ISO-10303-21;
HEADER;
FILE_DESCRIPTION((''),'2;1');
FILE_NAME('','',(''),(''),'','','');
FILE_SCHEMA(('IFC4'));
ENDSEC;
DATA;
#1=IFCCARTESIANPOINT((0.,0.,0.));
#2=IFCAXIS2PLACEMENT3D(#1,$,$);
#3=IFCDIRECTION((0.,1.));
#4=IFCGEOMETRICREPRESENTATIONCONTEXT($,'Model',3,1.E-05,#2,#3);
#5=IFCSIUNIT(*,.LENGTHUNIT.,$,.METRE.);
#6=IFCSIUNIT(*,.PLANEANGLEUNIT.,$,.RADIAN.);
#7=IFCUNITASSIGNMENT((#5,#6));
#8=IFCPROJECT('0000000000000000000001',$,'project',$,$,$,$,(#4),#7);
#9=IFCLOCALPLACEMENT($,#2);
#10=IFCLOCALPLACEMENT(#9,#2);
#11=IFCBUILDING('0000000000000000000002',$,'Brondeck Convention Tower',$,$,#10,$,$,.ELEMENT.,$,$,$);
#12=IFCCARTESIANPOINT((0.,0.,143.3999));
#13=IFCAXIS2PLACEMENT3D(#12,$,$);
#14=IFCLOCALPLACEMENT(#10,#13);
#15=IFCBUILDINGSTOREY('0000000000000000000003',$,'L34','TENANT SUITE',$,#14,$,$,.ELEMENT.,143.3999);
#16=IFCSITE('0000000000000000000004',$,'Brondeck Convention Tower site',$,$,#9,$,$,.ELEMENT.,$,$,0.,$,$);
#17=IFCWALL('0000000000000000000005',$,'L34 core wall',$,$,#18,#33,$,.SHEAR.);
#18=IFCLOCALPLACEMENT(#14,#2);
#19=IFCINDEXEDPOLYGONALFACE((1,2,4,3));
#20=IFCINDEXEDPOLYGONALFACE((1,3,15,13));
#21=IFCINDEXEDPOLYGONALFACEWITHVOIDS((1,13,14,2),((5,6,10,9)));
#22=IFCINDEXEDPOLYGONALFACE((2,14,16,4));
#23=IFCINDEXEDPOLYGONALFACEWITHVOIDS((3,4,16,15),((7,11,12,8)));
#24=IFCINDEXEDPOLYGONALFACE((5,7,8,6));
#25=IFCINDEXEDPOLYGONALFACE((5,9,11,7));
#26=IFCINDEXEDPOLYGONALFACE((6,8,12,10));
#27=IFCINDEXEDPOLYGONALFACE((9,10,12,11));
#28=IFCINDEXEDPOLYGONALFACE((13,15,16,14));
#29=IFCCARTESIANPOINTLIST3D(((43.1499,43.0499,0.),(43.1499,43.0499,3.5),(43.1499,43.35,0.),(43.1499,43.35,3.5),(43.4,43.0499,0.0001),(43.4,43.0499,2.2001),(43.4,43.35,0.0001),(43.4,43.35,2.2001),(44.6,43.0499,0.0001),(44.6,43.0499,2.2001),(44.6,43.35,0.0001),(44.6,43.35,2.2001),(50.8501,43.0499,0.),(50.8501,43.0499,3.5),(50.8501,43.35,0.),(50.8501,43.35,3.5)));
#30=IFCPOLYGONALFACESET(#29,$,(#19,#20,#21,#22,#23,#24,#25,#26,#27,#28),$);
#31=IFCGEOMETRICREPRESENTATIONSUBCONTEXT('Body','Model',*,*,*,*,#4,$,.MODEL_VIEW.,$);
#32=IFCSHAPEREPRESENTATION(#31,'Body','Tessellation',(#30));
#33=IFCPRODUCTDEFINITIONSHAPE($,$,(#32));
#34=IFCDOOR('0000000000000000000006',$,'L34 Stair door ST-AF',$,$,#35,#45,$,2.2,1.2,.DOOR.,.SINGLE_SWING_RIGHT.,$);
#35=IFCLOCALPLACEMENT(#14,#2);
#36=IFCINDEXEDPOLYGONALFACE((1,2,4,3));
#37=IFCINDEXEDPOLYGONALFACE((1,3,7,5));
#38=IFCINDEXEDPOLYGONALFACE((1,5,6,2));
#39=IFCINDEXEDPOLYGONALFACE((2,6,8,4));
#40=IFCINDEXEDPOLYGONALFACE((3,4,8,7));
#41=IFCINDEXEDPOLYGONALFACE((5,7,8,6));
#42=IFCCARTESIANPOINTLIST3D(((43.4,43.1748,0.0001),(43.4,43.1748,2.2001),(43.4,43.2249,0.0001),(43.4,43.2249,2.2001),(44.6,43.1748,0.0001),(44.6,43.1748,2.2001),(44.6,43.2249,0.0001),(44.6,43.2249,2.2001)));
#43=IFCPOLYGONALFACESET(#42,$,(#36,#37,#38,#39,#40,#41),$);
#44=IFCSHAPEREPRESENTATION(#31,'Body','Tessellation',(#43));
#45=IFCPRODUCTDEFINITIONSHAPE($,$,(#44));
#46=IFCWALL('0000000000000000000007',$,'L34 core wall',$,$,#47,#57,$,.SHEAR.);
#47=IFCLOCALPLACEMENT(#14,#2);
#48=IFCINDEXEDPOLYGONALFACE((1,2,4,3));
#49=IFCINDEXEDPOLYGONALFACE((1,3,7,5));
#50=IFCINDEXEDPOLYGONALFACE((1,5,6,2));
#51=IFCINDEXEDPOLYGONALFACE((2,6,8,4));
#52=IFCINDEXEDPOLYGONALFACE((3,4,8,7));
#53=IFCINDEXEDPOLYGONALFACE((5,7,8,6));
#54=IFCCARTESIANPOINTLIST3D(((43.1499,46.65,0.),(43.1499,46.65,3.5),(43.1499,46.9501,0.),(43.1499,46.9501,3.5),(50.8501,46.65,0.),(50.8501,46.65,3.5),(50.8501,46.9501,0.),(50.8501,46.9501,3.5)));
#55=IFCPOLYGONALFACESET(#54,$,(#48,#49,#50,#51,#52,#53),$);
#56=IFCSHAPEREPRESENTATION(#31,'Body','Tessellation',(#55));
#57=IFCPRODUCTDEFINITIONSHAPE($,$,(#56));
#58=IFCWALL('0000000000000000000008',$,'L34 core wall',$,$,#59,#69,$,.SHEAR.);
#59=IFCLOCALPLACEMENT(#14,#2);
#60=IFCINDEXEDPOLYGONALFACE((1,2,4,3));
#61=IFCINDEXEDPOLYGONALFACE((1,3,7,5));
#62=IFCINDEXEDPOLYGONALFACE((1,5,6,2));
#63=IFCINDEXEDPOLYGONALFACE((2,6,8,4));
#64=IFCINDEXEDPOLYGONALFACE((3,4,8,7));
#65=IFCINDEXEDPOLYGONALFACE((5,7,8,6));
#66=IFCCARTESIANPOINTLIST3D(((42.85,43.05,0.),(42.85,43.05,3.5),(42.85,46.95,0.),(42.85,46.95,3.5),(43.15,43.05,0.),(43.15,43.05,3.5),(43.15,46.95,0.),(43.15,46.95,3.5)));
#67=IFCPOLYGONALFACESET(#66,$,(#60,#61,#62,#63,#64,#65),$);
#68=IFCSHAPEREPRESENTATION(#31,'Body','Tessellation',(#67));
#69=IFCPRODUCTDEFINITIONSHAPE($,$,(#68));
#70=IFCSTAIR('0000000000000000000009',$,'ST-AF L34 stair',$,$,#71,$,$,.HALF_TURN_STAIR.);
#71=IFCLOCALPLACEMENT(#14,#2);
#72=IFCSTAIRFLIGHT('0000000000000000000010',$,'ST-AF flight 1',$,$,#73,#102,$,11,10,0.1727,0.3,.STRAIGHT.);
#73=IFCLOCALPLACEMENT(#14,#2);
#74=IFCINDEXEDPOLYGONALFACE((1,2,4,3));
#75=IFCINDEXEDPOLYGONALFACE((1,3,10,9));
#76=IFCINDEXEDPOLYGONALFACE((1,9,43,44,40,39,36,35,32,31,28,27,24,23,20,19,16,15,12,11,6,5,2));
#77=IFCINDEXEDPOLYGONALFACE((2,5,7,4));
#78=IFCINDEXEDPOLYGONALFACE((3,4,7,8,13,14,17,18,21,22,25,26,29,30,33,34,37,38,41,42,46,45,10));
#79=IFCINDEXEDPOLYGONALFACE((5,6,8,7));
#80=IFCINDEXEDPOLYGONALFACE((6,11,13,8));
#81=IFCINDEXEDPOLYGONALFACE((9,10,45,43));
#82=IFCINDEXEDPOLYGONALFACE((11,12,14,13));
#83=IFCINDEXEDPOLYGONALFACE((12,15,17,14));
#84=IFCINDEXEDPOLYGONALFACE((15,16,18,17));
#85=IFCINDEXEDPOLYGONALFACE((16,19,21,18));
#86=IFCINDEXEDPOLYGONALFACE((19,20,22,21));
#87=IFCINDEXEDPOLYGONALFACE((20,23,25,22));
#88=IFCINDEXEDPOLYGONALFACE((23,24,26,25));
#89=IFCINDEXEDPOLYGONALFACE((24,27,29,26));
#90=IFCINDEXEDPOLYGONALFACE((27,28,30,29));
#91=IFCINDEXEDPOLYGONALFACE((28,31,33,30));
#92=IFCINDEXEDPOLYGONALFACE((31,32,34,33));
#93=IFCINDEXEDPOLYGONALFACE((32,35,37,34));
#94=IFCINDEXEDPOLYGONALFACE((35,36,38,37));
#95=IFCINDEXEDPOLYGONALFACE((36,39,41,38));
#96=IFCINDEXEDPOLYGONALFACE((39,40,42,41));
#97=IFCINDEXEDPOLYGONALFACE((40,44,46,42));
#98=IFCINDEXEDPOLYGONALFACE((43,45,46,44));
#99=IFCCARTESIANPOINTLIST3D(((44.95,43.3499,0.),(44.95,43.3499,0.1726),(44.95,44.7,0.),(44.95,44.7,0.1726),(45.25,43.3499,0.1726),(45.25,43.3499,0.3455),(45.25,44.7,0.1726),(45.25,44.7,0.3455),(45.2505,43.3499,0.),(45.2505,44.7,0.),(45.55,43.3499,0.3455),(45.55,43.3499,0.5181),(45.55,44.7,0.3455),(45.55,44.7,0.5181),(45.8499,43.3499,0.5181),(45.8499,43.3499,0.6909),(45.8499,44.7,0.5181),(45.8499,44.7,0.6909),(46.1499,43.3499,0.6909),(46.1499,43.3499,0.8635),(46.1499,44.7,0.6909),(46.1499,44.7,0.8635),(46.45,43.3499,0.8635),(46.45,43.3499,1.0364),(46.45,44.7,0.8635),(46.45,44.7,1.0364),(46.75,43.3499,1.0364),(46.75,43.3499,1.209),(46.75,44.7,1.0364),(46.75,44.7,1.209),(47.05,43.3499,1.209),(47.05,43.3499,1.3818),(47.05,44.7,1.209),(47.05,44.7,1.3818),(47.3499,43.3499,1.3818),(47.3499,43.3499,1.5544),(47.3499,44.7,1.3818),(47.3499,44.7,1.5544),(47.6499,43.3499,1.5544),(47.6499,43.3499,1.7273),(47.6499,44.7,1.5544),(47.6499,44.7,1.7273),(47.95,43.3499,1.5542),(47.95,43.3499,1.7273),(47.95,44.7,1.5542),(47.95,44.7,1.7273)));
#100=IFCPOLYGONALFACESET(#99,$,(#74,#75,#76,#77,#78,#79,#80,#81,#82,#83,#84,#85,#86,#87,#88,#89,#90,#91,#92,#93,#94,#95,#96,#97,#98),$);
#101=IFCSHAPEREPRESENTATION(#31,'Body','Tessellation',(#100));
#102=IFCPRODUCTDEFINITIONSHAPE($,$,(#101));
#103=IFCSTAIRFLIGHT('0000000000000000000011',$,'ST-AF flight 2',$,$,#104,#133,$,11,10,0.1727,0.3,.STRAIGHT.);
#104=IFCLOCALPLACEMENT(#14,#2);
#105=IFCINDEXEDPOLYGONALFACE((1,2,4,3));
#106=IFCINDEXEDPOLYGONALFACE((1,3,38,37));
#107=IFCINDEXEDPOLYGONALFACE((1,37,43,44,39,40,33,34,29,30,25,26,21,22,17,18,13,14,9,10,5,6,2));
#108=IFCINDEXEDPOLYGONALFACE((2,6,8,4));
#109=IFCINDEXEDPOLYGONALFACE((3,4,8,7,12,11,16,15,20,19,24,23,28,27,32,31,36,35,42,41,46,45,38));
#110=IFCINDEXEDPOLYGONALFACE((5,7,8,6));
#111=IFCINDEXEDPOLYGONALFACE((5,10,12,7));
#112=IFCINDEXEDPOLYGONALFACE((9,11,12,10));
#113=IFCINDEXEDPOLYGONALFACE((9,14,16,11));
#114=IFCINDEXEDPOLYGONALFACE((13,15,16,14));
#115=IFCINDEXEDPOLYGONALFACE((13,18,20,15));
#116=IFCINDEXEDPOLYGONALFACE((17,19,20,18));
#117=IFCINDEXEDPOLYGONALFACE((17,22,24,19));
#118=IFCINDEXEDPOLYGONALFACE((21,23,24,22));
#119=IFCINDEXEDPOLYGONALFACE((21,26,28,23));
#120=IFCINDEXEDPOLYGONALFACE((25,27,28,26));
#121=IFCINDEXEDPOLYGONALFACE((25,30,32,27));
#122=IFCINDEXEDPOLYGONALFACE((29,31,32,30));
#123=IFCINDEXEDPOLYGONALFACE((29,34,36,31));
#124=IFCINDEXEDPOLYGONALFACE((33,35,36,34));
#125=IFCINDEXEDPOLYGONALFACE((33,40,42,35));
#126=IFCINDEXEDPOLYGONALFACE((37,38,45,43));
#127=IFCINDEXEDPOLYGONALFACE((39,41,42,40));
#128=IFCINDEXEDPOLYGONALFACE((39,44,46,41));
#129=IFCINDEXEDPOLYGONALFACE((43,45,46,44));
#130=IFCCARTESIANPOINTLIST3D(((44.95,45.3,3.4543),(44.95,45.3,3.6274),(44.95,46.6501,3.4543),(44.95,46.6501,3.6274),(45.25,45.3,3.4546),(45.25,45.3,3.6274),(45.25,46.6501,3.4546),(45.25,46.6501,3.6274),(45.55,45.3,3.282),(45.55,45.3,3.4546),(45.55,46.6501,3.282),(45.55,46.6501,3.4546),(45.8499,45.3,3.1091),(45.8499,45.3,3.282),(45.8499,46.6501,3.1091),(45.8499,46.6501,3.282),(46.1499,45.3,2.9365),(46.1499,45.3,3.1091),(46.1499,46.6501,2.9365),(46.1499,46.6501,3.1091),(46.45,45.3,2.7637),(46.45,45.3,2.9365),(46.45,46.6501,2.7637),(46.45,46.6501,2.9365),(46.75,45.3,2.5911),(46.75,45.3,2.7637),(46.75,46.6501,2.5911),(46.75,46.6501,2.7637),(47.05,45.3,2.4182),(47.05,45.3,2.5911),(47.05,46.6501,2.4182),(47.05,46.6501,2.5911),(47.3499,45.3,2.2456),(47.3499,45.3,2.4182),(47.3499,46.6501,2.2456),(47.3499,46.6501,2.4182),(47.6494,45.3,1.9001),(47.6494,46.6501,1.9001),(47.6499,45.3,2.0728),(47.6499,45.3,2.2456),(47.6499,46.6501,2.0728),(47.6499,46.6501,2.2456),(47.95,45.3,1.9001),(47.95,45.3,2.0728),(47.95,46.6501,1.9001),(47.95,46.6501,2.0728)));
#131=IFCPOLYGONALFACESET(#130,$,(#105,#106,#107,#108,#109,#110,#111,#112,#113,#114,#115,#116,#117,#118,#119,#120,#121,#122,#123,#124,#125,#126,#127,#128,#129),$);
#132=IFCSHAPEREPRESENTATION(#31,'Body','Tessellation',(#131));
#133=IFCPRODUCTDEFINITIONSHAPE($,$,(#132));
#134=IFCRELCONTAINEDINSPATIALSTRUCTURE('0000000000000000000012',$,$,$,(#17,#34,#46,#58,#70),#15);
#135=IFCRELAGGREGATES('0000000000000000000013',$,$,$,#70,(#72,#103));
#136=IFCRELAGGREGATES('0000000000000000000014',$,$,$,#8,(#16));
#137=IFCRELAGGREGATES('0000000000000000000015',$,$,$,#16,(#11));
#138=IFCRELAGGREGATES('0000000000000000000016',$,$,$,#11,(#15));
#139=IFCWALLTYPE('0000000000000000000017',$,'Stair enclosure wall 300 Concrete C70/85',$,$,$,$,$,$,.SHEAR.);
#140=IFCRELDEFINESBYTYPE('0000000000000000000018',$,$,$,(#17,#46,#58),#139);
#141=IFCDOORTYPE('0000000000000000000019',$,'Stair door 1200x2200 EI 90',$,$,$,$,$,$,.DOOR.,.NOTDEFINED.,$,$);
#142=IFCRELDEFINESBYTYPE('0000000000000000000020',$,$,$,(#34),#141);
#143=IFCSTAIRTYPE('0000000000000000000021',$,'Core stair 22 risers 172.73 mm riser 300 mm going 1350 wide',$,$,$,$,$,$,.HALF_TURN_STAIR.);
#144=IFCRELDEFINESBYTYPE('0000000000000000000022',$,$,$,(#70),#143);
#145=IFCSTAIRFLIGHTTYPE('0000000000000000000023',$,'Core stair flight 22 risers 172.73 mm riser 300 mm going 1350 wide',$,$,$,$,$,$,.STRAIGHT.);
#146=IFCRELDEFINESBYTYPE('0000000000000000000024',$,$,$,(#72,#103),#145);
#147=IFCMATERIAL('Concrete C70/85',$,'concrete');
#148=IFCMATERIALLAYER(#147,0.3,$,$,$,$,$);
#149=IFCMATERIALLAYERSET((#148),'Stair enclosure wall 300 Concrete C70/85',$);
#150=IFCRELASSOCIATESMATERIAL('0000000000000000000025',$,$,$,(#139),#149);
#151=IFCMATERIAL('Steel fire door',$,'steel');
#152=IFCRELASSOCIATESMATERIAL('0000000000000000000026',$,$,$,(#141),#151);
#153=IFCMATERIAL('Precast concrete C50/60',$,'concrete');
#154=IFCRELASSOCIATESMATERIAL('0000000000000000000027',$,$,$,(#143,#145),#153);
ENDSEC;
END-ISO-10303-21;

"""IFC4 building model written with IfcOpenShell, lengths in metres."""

from ifc_helpers import new_model, si_unit, direction, frame, frame_2d, origin, place, context, subcontext, project, spatial, polyline, rectangle, outline, extrude, material, layer, layer_set, type_object, element, fill, aggregate, save


model = new_model("IFC4")

# Units and contexts
model_context = context("Model", 3, precision=1e-05, world=origin(), true_north=direction((0.0, 1.0)))
body_context = subcontext(model_context, "Body", "Model", "MODEL_VIEW")
ifc_project = project(units=[si_unit("LENGTHUNIT", "METRE"), si_unit("PLANEANGLEUNIT", "RADIAN")], contexts=[model_context])

# Site, building, storey
site_placement = place(None, origin())
site = spatial("IfcSite", under=ifc_project, at=site_placement, Name="Brondeck Convention Tower site", CompositionType="ELEMENT", RefElevation=0.0)
building_placement = place(site_placement, origin())
building = spatial("IfcBuilding", under=site, at=building_placement, Name="Brondeck Convention Tower", CompositionType="ELEMENT")
storey_placement = place(building_placement, frame((0.0, 0.0, 143.3999)))
storey = spatial("IfcBuildingStorey", under=building, at=storey_placement, Name="L34", Description="TENANT SUITE", CompositionType="ELEMENT", Elevation=143.3999)

# Wall, opening, door
ifc_material_1 = material(Name="Concrete C70/85", Category="concrete")
ifc_layer_1 = layer(ifc_material_1, 0.3)
ifc_layer_set_1 = layer_set([ifc_layer_1], Name="Stair enclosure wall 300 Concrete C70/85")
wall_type_1 = type_object("IfcWallType", Name="Stair enclosure wall 300 Concrete C70/85", PredefinedType="SHEAR", material=ifc_layer_set_1)
wall_1_placement = place(storey_placement, frame((43.1499, 43.2, 0.0), z_axis=(0.0, 0.0, 1.0), x_axis=(1.0, 0.0, 0.0)))
wall_1 = element("IfcWall", 1, at=wall_1_placement, inside=storey, type_object=wall_type_1, Name="L34 core wall", PredefinedType="SHEAR", context=body_context, shape_type="SweptSolid", body=[
    extrude(rectangle(XDim=7.7002, YDim=0.3, at=frame_2d((3.8501, 0.0))), origin(), (0.0, 0.0, 1.0), 3.5),
])
opening_1_placement = place(wall_1_placement, frame((0.25, 0.0, 0.0)))
opening_1 = element("IfcOpeningElement", 2, at=opening_1_placement, cuts=wall_1, PredefinedType="OPENING", context=body_context, shape_type="SweptSolid", body=[
    extrude(rectangle(XDim=1.2, YDim=2.2, at=frame_2d((0.6001, 1.1001))), frame((0.0, 0.1599, 0.0), z_axis=(0.0, -1.0, 0.0), x_axis=(1.0, 0.0, 0.0)), (0.0, 0.0, 1.0), 0.3201),
])
ifc_material_2 = material(Name="Steel fire door", Category="steel")
door_type_1 = type_object("IfcDoorType", Name="Stair door 1200x2200 EI 90", OperationType="NOTDEFINED", PredefinedType="DOOR", material=ifc_material_2)
door_1_placement = place(opening_1_placement, origin())
door_1 = element("IfcDoor", 3, at=door_1_placement, inside=storey, type_object=door_type_1, Name="L34 Stair door ST-AF", OperationType="SINGLE_SWING_RIGHT", OverallHeight=2.2, OverallWidth=1.2, PredefinedType="DOOR", context=body_context, shape_type="SweptSolid", body=[
    extrude(rectangle(XDim=1.2, YDim=2.2, at=frame_2d((0.6001, 1.1001))), frame((0.0, 0.0249, 0.0), z_axis=(0.0, -1.0, 0.0), x_axis=(1.0, 0.0, 0.0)), (0.0, 0.0, 1.0), 0.05),
])
fill(opening_1, door_1)

# Walls
wall_2_placement = place(storey_placement, frame((43.1499, 46.8, 0.0), z_axis=(0.0, 0.0, 1.0), x_axis=(1.0, 0.0, 0.0)))
element("IfcWall", 4, at=wall_2_placement, inside=storey, type_object=wall_type_1, Name="L34 core wall", PredefinedType="SHEAR", context=body_context, shape_type="SweptSolid", body=[
    extrude(rectangle(XDim=7.7002, YDim=0.3, at=frame_2d((3.8501, 0.0))), origin(), (0.0, 0.0, 1.0), 3.5),
])
wall_3_placement = place(storey_placement, frame((43.0, 43.05, 0.0), z_axis=(0.0, 0.0, 1.0), x_axis=(0.0, 1.0, 0.0)))
element("IfcWall", 5, at=wall_3_placement, inside=storey, type_object=wall_type_1, Name="L34 core wall", PredefinedType="SHEAR", context=body_context, shape_type="SweptSolid", body=[
    extrude(rectangle(XDim=3.8999, YDim=0.3, at=frame_2d((1.95, 0.0))), origin(), (0.0, 0.0, 1.0), 3.5),
])

# Stair, stair flights
ifc_material_3 = material(Name="Precast concrete C50/60", Category="concrete")
stair_type = type_object("IfcStairType", Name="Core stair 22 risers 172.73 mm riser 300 mm going 1350 wide", PredefinedType="HALF_TURN_STAIR", material=ifc_material_3)
stair_placement = place(storey_placement, origin())
stair = element("IfcStair", 6, at=stair_placement, inside=storey, type_object=stair_type, Name="ST-AF L34 stair", PredefinedType="HALF_TURN_STAIR")
stair_flight_type = type_object("IfcStairFlightType", Name="Core stair flight 22 risers 172.73 mm riser 300 mm going 1350 wide", PredefinedType="STRAIGHT", material=ifc_material_3)
stair_flight_1_placement = place(storey_placement, frame((44.95, 44.0249, 0.0), z_axis=(0.0, 0.0, 1.0), x_axis=(1.0, 0.0, 0.0)))
stair_flight_1 = element("IfcStairFlight", 7, at=stair_flight_1_placement, type_object=stair_flight_type, Name="ST-AF flight 1", NumberOfRisers=11, NumberOfTreads=10, PredefinedType="STRAIGHT", RiserHeight=0.1727, TreadLength=0.3, context=body_context, shape_type="SweptSolid", body=[
    extrude(outline(polyline([(0.0, 0.0), (0.0, 0.1726), (0.3, 0.1726), (0.3, 0.3455), (0.6001, 0.3455), (0.6001, 0.5181), (0.8999, 0.5181), (0.8999, 0.6909), (1.2, 0.6909), (1.2, 0.8635), (1.5, 0.8635), (1.5, 1.0364), (1.8, 1.0364), (1.8, 1.209), (2.1001, 1.209), (2.1001, 1.3818), (2.3999, 1.3818), (2.3999, 1.5544), (2.7, 1.5544), (2.7, 1.7273), (3.0, 1.7273), (3.0, 1.8999), (3.0, 1.5542), (0.3005, 0.0), (0.0, 0.0)])), frame((0.0, 0.675, 0.0), z_axis=(0.0, -1.0, 0.0), x_axis=(1.0, 0.0, 0.0)), (0.0, 0.0, 1.0), 1.3501),
])
stair_flight_2_placement = place(storey_placement, frame((47.95, 45.9751, 1.9001), z_axis=(0.0, 0.0, 1.0), x_axis=(-1.0, 0.0, 0.0)))
stair_flight_2 = element("IfcStairFlight", 8, at=stair_flight_2_placement, type_object=stair_flight_type, Name="ST-AF flight 2", NumberOfRisers=11, NumberOfTreads=10, PredefinedType="STRAIGHT", RiserHeight=0.1727, TreadLength=0.3, context=body_context, shape_type="SweptSolid", body=[
    extrude(outline(polyline([(0.0, 0.0), (0.0, 0.1726), (0.3, 0.1726), (0.3, 0.3455), (0.6001, 0.3455), (0.6001, 0.5181), (0.8999, 0.5181), (0.8999, 0.6909), (1.2, 0.6909), (1.2, 0.8635), (1.5, 0.8635), (1.5, 1.0364), (1.8, 1.0364), (1.8, 1.209), (2.1001, 1.209), (2.1001, 1.3818), (2.3999, 1.3818), (2.3999, 1.5544), (2.7, 1.5544), (2.7, 1.7273), (3.0, 1.7273), (3.0, 1.8999), (3.0, 1.5542), (0.3005, 0.0), (0.0, 0.0)])), frame((0.0, 0.675, 0.0), z_axis=(0.0, -1.0, 0.0), x_axis=(1.0, 0.0, 0.0)), (0.0, 0.0, 1.0), 1.3501),
])
aggregate(stair, [stair_flight_1, stair_flight_2])

save(model, "model.ifc")
